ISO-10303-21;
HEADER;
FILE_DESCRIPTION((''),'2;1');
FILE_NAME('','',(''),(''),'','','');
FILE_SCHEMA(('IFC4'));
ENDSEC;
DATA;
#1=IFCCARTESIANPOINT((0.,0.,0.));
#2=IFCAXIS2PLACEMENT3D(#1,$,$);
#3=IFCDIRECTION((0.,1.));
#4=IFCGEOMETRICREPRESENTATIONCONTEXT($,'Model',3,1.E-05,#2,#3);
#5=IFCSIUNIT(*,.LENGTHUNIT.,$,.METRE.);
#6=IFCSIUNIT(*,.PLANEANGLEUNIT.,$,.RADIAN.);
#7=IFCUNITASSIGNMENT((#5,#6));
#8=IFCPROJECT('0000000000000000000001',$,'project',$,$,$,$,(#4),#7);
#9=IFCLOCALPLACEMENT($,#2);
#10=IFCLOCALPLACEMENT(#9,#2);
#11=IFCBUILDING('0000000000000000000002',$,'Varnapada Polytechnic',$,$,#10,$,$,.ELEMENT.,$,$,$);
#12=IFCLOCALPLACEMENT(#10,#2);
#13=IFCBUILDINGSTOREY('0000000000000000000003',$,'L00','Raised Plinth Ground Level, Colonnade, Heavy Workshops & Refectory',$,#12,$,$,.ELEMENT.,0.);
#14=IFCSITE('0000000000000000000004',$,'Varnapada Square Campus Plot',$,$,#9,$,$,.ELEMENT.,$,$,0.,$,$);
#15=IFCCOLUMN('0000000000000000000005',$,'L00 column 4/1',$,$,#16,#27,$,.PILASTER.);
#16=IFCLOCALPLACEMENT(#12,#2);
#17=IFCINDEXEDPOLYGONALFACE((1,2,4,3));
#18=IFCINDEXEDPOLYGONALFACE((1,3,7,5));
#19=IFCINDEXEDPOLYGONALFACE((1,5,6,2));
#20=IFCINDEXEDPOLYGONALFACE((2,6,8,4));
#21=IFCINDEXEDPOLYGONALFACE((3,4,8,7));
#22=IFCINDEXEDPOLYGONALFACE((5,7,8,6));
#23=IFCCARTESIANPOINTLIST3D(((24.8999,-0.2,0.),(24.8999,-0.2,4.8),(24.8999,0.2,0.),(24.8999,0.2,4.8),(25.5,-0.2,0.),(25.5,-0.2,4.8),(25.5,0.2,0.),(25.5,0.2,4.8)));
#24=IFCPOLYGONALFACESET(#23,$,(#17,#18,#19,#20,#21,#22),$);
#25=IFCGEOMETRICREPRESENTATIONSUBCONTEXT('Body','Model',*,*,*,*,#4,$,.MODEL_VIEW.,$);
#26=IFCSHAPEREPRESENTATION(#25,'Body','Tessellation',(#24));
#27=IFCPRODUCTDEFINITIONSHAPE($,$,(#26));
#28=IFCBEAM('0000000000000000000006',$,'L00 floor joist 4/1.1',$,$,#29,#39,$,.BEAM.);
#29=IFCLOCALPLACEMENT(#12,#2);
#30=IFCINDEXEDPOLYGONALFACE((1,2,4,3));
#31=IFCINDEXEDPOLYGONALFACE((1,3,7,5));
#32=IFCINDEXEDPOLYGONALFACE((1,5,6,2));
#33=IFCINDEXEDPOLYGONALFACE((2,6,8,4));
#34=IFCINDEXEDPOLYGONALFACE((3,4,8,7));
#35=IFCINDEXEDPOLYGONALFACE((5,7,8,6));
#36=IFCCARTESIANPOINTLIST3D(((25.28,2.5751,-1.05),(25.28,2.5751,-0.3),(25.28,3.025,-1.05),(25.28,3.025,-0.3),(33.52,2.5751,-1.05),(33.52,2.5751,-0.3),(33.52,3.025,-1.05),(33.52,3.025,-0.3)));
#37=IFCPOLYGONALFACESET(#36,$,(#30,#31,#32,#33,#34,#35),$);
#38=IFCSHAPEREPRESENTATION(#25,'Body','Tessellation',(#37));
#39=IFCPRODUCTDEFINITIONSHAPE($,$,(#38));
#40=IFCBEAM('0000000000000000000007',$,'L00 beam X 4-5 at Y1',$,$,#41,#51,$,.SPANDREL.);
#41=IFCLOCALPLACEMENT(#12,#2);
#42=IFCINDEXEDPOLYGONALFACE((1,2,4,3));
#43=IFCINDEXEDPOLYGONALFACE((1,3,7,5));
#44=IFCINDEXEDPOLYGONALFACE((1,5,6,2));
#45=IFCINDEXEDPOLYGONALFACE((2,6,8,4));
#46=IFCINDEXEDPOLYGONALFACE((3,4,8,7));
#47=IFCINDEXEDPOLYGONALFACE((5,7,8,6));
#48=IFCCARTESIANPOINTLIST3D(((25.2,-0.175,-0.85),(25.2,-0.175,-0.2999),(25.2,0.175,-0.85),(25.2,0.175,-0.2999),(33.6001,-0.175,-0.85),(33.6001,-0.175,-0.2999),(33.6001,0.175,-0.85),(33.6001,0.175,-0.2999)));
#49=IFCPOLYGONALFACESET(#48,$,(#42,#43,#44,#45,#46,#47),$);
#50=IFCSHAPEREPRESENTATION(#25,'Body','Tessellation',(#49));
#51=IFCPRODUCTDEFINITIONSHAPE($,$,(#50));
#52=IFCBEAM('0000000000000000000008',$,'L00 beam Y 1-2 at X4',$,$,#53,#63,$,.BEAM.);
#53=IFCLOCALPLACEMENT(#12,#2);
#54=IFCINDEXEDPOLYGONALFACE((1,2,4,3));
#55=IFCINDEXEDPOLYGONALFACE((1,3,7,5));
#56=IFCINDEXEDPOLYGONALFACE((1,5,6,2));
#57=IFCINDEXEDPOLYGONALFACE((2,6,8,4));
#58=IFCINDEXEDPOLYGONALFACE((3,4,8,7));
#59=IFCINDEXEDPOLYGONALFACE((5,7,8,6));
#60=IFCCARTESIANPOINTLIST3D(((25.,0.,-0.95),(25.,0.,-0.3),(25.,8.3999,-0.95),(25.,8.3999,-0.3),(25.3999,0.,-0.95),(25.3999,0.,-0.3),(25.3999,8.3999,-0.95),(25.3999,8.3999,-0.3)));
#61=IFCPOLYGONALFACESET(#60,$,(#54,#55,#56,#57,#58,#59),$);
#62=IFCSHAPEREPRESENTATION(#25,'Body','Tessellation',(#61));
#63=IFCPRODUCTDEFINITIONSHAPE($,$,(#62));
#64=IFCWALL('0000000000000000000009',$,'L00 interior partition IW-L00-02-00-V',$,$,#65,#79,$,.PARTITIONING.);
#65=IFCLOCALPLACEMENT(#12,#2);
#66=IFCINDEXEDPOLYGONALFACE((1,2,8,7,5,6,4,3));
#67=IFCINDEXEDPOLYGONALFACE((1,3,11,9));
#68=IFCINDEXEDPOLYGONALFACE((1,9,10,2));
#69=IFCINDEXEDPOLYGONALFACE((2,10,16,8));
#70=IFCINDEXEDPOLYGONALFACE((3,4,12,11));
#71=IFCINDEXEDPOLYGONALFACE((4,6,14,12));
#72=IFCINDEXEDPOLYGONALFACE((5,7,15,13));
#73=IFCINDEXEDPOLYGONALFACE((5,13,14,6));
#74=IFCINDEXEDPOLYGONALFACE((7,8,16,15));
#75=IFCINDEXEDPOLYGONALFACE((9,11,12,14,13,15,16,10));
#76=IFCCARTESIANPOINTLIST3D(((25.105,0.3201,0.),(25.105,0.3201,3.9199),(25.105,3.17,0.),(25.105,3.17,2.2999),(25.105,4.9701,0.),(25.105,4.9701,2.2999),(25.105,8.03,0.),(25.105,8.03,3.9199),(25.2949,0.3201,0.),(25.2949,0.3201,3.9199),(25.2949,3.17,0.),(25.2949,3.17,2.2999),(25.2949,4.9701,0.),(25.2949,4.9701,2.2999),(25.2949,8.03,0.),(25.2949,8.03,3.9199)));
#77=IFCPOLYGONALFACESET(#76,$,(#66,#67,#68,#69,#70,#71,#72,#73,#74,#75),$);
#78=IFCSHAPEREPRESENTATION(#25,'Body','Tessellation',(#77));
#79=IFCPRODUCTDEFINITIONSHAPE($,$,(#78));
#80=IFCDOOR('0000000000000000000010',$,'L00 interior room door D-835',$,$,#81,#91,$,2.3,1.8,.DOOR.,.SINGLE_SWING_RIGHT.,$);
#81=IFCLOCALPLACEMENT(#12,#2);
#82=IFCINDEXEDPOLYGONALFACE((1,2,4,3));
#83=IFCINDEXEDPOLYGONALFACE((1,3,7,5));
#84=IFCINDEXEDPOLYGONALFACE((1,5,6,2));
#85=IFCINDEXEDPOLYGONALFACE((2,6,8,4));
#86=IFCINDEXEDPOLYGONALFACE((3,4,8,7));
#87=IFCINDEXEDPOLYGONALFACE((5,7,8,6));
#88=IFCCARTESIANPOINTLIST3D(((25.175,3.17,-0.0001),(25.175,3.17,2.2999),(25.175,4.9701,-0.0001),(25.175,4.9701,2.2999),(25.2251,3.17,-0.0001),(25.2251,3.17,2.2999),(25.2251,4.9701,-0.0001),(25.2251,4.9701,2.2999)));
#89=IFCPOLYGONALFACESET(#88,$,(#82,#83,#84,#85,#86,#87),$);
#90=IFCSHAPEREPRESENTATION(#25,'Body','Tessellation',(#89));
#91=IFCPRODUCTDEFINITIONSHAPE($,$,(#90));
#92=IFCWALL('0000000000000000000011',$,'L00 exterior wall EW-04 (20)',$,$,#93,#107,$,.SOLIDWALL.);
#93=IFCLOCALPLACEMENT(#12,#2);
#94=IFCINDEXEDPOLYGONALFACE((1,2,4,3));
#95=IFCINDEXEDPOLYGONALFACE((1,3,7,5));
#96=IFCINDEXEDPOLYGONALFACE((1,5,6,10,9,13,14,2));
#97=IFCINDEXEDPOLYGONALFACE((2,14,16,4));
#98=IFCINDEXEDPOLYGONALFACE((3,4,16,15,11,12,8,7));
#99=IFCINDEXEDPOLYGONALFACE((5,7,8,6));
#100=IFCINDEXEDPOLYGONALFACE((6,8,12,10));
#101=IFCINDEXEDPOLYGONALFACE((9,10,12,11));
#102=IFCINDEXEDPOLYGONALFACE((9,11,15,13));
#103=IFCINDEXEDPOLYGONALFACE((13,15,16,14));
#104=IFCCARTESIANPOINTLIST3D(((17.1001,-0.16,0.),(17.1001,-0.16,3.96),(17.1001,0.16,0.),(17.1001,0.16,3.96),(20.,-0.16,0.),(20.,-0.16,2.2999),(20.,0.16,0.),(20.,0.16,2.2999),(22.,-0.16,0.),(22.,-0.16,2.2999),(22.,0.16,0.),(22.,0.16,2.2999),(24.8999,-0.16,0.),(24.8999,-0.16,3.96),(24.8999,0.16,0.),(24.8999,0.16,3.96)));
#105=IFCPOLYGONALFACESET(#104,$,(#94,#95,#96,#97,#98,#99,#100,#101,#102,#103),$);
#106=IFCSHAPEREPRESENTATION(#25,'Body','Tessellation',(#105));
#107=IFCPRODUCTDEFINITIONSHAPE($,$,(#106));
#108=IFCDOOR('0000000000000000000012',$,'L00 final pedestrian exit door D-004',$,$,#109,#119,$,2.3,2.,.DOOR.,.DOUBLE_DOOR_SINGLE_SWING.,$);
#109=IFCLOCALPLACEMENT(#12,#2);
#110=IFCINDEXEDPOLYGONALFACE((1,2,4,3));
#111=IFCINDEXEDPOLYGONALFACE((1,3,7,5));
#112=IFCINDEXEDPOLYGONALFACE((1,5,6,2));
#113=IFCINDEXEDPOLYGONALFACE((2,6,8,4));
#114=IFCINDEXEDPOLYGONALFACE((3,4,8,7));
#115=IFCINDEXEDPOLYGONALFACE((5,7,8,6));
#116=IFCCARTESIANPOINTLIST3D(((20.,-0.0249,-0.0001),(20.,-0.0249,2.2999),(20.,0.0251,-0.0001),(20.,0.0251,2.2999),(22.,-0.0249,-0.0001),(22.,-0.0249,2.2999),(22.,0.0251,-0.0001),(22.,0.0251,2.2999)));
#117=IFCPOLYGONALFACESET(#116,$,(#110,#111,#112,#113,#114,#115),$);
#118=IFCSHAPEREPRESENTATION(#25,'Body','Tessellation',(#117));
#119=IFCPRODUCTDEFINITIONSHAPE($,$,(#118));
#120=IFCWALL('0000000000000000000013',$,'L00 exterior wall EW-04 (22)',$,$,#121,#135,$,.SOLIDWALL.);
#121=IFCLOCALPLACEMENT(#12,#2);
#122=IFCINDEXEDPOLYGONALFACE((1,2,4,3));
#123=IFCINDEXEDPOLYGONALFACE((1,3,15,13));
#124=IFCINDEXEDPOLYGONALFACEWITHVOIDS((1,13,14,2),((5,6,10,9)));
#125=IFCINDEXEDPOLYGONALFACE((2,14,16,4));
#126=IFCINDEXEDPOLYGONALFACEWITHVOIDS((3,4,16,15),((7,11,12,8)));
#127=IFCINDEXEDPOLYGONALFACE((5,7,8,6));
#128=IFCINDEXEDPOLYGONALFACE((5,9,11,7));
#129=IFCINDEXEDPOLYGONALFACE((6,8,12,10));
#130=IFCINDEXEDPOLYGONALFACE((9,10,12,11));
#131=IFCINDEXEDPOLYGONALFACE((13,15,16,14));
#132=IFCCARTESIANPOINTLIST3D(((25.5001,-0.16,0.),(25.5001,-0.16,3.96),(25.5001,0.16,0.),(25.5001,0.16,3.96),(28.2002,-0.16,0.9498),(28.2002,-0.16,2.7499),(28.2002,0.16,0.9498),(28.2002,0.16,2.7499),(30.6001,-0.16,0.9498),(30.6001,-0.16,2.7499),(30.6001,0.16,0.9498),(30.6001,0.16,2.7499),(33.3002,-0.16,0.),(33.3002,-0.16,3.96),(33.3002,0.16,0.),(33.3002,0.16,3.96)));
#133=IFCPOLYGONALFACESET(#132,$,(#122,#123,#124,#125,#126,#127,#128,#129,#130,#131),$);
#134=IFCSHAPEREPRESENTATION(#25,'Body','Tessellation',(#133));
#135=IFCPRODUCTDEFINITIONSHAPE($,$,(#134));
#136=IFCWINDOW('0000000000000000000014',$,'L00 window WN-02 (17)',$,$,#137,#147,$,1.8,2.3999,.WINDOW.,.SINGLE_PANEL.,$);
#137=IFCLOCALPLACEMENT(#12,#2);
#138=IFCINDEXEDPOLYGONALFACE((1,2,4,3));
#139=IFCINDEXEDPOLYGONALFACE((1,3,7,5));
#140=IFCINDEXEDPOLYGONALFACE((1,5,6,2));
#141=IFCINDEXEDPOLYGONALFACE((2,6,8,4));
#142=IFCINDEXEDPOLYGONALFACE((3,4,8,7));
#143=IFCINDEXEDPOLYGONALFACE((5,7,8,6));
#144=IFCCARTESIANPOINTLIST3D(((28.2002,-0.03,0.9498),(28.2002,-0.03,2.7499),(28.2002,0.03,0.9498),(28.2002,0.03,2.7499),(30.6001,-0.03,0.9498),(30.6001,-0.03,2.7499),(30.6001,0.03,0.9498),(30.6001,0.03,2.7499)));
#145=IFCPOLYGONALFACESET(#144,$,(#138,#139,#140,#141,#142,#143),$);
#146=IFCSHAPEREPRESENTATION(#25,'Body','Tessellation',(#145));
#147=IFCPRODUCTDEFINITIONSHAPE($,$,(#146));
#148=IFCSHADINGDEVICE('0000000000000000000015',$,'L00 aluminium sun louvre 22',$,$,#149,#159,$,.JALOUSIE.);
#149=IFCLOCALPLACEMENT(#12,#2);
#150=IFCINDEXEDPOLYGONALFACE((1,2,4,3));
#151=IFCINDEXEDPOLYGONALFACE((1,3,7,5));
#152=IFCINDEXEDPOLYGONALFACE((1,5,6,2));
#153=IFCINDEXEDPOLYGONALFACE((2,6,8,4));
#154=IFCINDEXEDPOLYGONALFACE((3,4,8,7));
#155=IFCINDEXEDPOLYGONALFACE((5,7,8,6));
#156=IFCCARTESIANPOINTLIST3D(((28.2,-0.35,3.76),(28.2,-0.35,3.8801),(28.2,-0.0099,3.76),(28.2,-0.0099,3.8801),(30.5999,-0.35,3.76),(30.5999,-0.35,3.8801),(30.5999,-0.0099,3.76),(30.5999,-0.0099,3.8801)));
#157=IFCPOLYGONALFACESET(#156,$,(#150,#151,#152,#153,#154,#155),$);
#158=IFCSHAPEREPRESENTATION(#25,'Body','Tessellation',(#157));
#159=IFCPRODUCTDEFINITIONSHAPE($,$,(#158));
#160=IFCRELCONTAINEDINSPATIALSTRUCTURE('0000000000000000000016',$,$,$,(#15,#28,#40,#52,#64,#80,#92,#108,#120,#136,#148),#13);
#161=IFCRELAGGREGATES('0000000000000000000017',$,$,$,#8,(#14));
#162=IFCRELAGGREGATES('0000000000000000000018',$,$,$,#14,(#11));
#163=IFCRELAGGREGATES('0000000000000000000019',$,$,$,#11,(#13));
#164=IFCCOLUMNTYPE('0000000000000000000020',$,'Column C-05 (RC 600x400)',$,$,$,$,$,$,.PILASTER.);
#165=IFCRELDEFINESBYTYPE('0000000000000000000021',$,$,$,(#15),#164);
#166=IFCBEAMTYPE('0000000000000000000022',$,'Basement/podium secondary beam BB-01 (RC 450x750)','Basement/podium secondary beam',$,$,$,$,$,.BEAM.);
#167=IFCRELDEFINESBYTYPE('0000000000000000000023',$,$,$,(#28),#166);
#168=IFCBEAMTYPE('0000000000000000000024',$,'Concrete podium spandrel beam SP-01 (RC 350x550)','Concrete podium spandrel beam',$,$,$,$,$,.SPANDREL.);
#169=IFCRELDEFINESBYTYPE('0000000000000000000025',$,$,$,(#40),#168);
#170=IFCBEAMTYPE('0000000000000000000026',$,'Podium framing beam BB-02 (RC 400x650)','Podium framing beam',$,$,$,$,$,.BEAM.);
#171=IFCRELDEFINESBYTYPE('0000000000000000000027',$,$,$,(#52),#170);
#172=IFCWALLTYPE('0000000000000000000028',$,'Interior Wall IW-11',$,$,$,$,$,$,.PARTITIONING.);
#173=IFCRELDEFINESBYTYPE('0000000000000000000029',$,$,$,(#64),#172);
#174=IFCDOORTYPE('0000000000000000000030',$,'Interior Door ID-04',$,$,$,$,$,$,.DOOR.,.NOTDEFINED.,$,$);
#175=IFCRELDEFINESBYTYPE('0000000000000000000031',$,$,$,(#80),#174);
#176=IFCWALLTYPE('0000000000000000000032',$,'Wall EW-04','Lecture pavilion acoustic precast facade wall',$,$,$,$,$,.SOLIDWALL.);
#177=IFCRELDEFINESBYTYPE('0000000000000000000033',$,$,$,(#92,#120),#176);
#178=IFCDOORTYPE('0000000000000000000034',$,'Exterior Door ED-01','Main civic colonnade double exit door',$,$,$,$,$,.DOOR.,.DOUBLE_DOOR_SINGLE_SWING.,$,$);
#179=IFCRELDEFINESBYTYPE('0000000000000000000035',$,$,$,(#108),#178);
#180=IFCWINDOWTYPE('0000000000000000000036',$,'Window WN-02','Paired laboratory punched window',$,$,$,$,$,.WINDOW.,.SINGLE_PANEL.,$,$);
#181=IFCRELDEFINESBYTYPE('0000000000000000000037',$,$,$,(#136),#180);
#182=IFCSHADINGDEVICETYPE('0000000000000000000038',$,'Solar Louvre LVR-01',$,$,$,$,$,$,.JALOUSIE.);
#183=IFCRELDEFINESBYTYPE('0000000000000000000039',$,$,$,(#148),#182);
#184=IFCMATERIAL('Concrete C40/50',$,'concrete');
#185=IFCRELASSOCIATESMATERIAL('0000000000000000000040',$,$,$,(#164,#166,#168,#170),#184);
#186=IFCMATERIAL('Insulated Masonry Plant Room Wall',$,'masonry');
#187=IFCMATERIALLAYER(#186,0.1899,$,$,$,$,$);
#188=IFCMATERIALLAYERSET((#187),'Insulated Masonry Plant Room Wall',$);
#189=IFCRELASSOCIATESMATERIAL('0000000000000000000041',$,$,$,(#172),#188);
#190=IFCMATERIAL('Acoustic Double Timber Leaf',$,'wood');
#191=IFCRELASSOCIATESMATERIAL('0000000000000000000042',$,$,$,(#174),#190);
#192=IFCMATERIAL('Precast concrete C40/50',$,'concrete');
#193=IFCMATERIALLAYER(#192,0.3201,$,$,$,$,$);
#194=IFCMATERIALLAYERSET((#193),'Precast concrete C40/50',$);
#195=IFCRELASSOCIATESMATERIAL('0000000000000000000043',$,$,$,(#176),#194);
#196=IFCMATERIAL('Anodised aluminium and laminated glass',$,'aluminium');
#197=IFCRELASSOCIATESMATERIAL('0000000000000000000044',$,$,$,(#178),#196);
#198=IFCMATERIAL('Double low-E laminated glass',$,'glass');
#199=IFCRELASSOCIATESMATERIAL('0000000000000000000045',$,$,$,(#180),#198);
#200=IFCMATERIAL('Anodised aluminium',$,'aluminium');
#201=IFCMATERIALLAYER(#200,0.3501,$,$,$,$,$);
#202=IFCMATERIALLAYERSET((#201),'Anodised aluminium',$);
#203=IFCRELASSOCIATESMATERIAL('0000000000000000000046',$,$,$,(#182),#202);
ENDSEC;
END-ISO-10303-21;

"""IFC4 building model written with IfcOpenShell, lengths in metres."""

from ifc_helpers import new_model, si_unit, direction, frame, frame_2d, origin, origin_2d, place, context, subcontext, project, spatial, rectangle, extrude, material, layer, layer_set, material_profile, profile_set, type_object, element, fill, save


model = new_model("IFC4")

# Units and contexts
model_context = context("Model", 3, precision=1e-05, world=origin(), true_north=direction((0.0, 1.0)))
body_context = subcontext(model_context, "Body", "Model", "MODEL_VIEW")
ifc_project = project(units=[si_unit("LENGTHUNIT", "METRE"), si_unit("PLANEANGLEUNIT", "RADIAN")], contexts=[model_context])

# Site, building, storey
site_placement = place(None, origin())
site = spatial("IfcSite", under=ifc_project, at=site_placement, Name="Varnapada Square Campus Plot", CompositionType="ELEMENT", RefElevation=0.0)
building_placement = place(site_placement, origin())
building = spatial("IfcBuilding", under=site, at=building_placement, Name="Varnapada Polytechnic", CompositionType="ELEMENT")
storey_placement = place(building_placement, origin())
storey = spatial("IfcBuildingStorey", under=building, at=storey_placement, Name="L00", Description="Raised Plinth Ground Level, Colonnade, Heavy Workshops & Refectory", CompositionType="ELEMENT", Elevation=0.0)

# Column
ifc_material_1 = material(Name="Concrete C40/50", Category="concrete")
ifc_material_profile_1 = material_profile(ifc_material_1, rectangle(XDim=0.6001, YDim=0.3999, at=origin_2d()), Name="RC 600x400")
ifc_profile_set_1 = profile_set([ifc_material_profile_1], Name="Concrete C40/50")
column_type = type_object("IfcColumnType", Name="Column C-05 (RC 600x400)", PredefinedType="PILASTER", material=ifc_profile_set_1)
column_placement = place(storey_placement, frame((25.2, 0.0, 0.0), z_axis=(0.0, 0.0, 1.0), x_axis=(1.0, 0.0, 0.0)))
element("IfcColumn", 1, at=column_placement, inside=storey, type_object=column_type, Name="L00 column 4/1", PredefinedType="PILASTER", context=body_context, shape_type="SweptSolid", body=[
    extrude(rectangle(XDim=0.6001, YDim=0.3999, at=origin_2d()), origin(), (0.0, 0.0, 1.0), 4.8),
])

# Beams
ifc_material_profile_2 = material_profile(ifc_material_1, rectangle(XDim=0.45, YDim=0.75, at=origin_2d()), Name="RC 450x750")
ifc_profile_set_2 = profile_set([ifc_material_profile_2], Name="Concrete C40/50")
beam_type_1 = type_object("IfcBeamType", Name="Basement/podium secondary beam BB-01 (RC 450x750)", Description="Basement/podium secondary beam", PredefinedType="BEAM", material=ifc_profile_set_2)
beam_1_placement = place(storey_placement, frame((25.28, 2.8, -0.675), z_axis=(1.0, 0.0, 0.0), x_axis=(0.0, 1.0, 0.0)))
element("IfcBeam", 2, at=beam_1_placement, inside=storey, type_object=beam_type_1, Name="L00 floor joist 4/1.1", PredefinedType="BEAM", context=body_context, shape_type="SweptSolid", body=[
    extrude(rectangle(XDim=0.45, YDim=0.75, at=origin_2d()), origin(), (0.0, 0.0, 1.0), 8.24),
])
ifc_material_profile_3 = material_profile(ifc_material_1, rectangle(XDim=0.3501, YDim=0.55, at=origin_2d()), Name="RC 350x550")
ifc_profile_set_3 = profile_set([ifc_material_profile_3], Name="Concrete C40/50")
beam_type_2 = type_object("IfcBeamType", Name="Concrete podium spandrel beam SP-01 (RC 350x550)", Description="Concrete podium spandrel beam", PredefinedType="SPANDREL", material=ifc_profile_set_3)
beam_2_placement = place(storey_placement, frame((25.2, 0.0, -0.575), z_axis=(1.0, 0.0, 0.0), x_axis=(0.0, 1.0, 0.0)))
element("IfcBeam", 3, at=beam_2_placement, inside=storey, type_object=beam_type_2, Name="L00 beam X 4-5 at Y1", PredefinedType="SPANDREL", context=body_context, shape_type="SweptSolid", body=[
    extrude(rectangle(XDim=0.3501, YDim=0.55, at=origin_2d()), origin(), (0.0, 0.0, 1.0), 8.4001),
])
ifc_material_profile_4 = material_profile(ifc_material_1, rectangle(XDim=0.3999, YDim=0.6499, at=origin_2d()), Name="RC 400x650")
ifc_profile_set_4 = profile_set([ifc_material_profile_4], Name="Concrete C40/50")
beam_type_3 = type_object("IfcBeamType", Name="Podium framing beam BB-02 (RC 400x650)", Description="Podium framing beam", PredefinedType="BEAM", material=ifc_profile_set_4)
beam_3_placement = place(storey_placement, frame((25.2, 0.0, -0.625), z_axis=(0.0, 1.0, 0.0), x_axis=(-1.0, 0.0, 0.0)))
element("IfcBeam", 4, at=beam_3_placement, inside=storey, type_object=beam_type_3, Name="L00 beam Y 1-2 at X4", PredefinedType="BEAM", context=body_context, shape_type="SweptSolid", body=[
    extrude(rectangle(XDim=0.3999, YDim=0.6499, at=origin_2d()), origin(), (0.0, 0.0, 1.0), 8.3999),
])

# Walls, openings, doors
ifc_material_2 = material(Name="Insulated Masonry Plant Room Wall", Category="masonry")
ifc_layer_1 = layer(ifc_material_2, 0.1899)
ifc_layer_set_1 = layer_set([ifc_layer_1], Name="Insulated Masonry Plant Room Wall")
wall_type_1 = type_object("IfcWallType", Name="Interior Wall IW-11", PredefinedType="PARTITIONING", material=ifc_layer_set_1)
wall_1_placement = place(storey_placement, frame((25.2, 0.3201, 0.0), z_axis=(0.0, 0.0, 1.0), x_axis=(0.0, 1.0, 0.0)))
wall_1 = element("IfcWall", 5, at=wall_1_placement, inside=storey, type_object=wall_type_1, Name="L00 interior partition IW-L00-02-00-V", PredefinedType="PARTITIONING", context=body_context, shape_type="SweptSolid", body=[
    extrude(rectangle(XDim=7.71, YDim=0.1899, at=frame_2d((3.855, 0.0))), origin(), (0.0, 0.0, 1.0), 3.9199),
])
opening_1_placement = place(wall_1_placement, frame((2.8501, 0.0, 0.0)))
opening_1 = element("IfcOpeningElement", 6, at=opening_1_placement, cuts=wall_1, PredefinedType="OPENING", context=body_context, shape_type="SweptSolid", body=[
    extrude(rectangle(XDim=1.8, YDim=2.3, at=frame_2d((0.8999, 1.1499))), frame((0.0, 0.105, 0.0), z_axis=(0.0, -1.0, 0.0), x_axis=(1.0, 0.0, 0.0)), (0.0, 0.0, 1.0), 0.21),
])
ifc_material_3 = material(Name="Acoustic Double Timber Leaf", Category="wood")
door_type_1 = type_object("IfcDoorType", Name="Interior Door ID-04", OperationType="NOTDEFINED", PredefinedType="DOOR", material=ifc_material_3)
door_1_placement = place(opening_1_placement, origin())
door_1 = element("IfcDoor", 7, at=door_1_placement, inside=storey, type_object=door_type_1, Name="L00 interior room door D-835", OperationType="SINGLE_SWING_RIGHT", OverallHeight=2.3, OverallWidth=1.8, PredefinedType="DOOR", context=body_context, shape_type="SweptSolid", body=[
    extrude(rectangle(XDim=1.8, YDim=2.3, at=frame_2d((0.8999, 1.1499))), frame((0.0, 0.0249, 0.0), z_axis=(0.0, -1.0, 0.0), x_axis=(1.0, 0.0, 0.0)), (0.0, 0.0, 1.0), 0.05),
])
fill(opening_1, door_1)
ifc_material_4 = material(Name="Precast concrete C40/50", Category="concrete")
ifc_layer_2 = layer(ifc_material_4, 0.3201)
ifc_layer_set_2 = layer_set([ifc_layer_2], Name="Precast concrete C40/50")
wall_type_2 = type_object("IfcWallType", Name="Wall EW-04", Description="Lecture pavilion acoustic precast facade wall", PredefinedType="SOLIDWALL", material=ifc_layer_set_2)
wall_2_placement = place(storey_placement, frame((24.8999, 0.0, 0.0), z_axis=(0.0, 0.0, 1.0), x_axis=(-1.0, 0.0, 0.0)))
wall_2 = element("IfcWall", 8, at=wall_2_placement, inside=storey, type_object=wall_type_2, Name="L00 exterior wall EW-04 (20)", PredefinedType="SOLIDWALL", context=body_context, shape_type="SweptSolid", body=[
    extrude(rectangle(XDim=7.7998, YDim=0.3201, at=frame_2d((3.8999, 0.0))), origin(), (0.0, 0.0, 1.0), 3.96),
])
opening_2_placement = place(wall_2_placement, frame((2.8999, 0.0, 0.0)))
opening_2 = element("IfcOpeningElement", 9, at=opening_2_placement, cuts=wall_2, PredefinedType="OPENING", context=body_context, shape_type="SweptSolid", body=[
    extrude(rectangle(XDim=2.0, YDim=2.3, at=frame_2d((1.0, 1.1499))), frame((0.0, 0.1699, 0.0), z_axis=(0.0, -1.0, 0.0), x_axis=(1.0, 0.0, 0.0)), (0.0, 0.0, 1.0), 0.3401),
])
ifc_material_5 = material(Name="Anodised aluminium and laminated glass", Category="aluminium")
door_type_2 = type_object("IfcDoorType", Name="Exterior Door ED-01", Description="Main civic colonnade double exit door", OperationType="DOUBLE_DOOR_SINGLE_SWING", PredefinedType="DOOR", material=ifc_material_5)
door_2_placement = place(opening_2_placement, origin())
door_2 = element("IfcDoor", 10, at=door_2_placement, inside=storey, type_object=door_type_2, Name="L00 final pedestrian exit door D-004", OperationType="DOUBLE_DOOR_SINGLE_SWING", OverallHeight=2.3, OverallWidth=2.0, PredefinedType="DOOR", context=body_context, shape_type="SweptSolid", body=[
    extrude(rectangle(XDim=2.0, YDim=2.3, at=frame_2d((1.0, 1.1499))), frame((0.0, 0.0249, 0.0), z_axis=(0.0, -1.0, 0.0), x_axis=(1.0, 0.0, 0.0)), (0.0, 0.0, 1.0), 0.05),
])
fill(opening_2, door_2)

# Wall, opening, window
wall_3_placement = place(storey_placement, frame((33.3, 0.0, 0.0), z_axis=(0.0, 0.0, 1.0), x_axis=(-1.0, 0.0, 0.0)))
wall_3 = element("IfcWall", 11, at=wall_3_placement, inside=storey, type_object=wall_type_2, Name="L00 exterior wall EW-04 (22)", PredefinedType="SOLIDWALL", context=body_context, shape_type="SweptSolid", body=[
    extrude(rectangle(XDim=7.8, YDim=0.3201, at=frame_2d((3.8999, 0.0))), origin(), (0.0, 0.0, 1.0), 3.96),
])
opening_3_placement = place(wall_3_placement, frame((2.7, 0.0, 0.95)))
opening_3 = element("IfcOpeningElement", 12, at=opening_3_placement, cuts=wall_3, PredefinedType="OPENING", context=body_context, shape_type="SweptSolid", body=[
    extrude(rectangle(XDim=2.3999, YDim=1.8, at=frame_2d((1.2, 0.8999))), frame((0.0, 0.1699, 0.0), z_axis=(0.0, -1.0, 0.0), x_axis=(1.0, 0.0, 0.0)), (0.0, 0.0, 1.0), 0.3401),
])
ifc_material_6 = material(Name="Double low-E laminated glass", Category="glass")
window_type = type_object("IfcWindowType", Name="Window WN-02", Description="Paired laboratory punched window", PartitioningType="SINGLE_PANEL", PredefinedType="WINDOW", material=ifc_material_6)
window_placement = place(opening_3_placement, origin())
window = element("IfcWindow", 13, at=window_placement, inside=storey, type_object=window_type, Name="L00 window WN-02 (17)", OverallHeight=1.8, OverallWidth=2.3999, PartitioningType="SINGLE_PANEL", PredefinedType="WINDOW", context=body_context, shape_type="SweptSolid", body=[
    extrude(rectangle(XDim=2.3999, YDim=1.8, at=frame_2d((1.2, 0.8999))), frame((0.0, 0.03, 0.0), z_axis=(0.0, -1.0, 0.0), x_axis=(1.0, 0.0, 0.0)), (0.0, 0.0, 1.0), 0.0601),
])
fill(opening_3, window)

# Shading device
ifc_material_7 = material(Name="Anodised aluminium", Category="aluminium")
ifc_layer_3 = layer(ifc_material_7, 0.3501)
ifc_layer_set_3 = layer_set([ifc_layer_3], Name="Anodised aluminium")
shading_device_type_1 = type_object("IfcShadingDeviceType", Name="Solar Louvre LVR-01", PredefinedType="JALOUSIE", material=ifc_layer_set_3)
shading_device_1_placement = place(storey_placement, frame((29.3999, -0.1799, 3.76), z_axis=(0.0, 0.0, 1.0), x_axis=(-1.0, 0.0, 0.0)))
element("IfcShadingDevice", 14, at=shading_device_1_placement, inside=storey, type_object=shading_device_type_1, Name="L00 aluminium sun louvre 22", PredefinedType="JALOUSIE", context=body_context, shape_type="SweptSolid", body=[
    extrude(rectangle(XDim=2.3999, YDim=0.3401, at=origin_2d()), origin(), (0.0, 0.0, 1.0), 0.1201),
])

save(model, "model.ifc")
